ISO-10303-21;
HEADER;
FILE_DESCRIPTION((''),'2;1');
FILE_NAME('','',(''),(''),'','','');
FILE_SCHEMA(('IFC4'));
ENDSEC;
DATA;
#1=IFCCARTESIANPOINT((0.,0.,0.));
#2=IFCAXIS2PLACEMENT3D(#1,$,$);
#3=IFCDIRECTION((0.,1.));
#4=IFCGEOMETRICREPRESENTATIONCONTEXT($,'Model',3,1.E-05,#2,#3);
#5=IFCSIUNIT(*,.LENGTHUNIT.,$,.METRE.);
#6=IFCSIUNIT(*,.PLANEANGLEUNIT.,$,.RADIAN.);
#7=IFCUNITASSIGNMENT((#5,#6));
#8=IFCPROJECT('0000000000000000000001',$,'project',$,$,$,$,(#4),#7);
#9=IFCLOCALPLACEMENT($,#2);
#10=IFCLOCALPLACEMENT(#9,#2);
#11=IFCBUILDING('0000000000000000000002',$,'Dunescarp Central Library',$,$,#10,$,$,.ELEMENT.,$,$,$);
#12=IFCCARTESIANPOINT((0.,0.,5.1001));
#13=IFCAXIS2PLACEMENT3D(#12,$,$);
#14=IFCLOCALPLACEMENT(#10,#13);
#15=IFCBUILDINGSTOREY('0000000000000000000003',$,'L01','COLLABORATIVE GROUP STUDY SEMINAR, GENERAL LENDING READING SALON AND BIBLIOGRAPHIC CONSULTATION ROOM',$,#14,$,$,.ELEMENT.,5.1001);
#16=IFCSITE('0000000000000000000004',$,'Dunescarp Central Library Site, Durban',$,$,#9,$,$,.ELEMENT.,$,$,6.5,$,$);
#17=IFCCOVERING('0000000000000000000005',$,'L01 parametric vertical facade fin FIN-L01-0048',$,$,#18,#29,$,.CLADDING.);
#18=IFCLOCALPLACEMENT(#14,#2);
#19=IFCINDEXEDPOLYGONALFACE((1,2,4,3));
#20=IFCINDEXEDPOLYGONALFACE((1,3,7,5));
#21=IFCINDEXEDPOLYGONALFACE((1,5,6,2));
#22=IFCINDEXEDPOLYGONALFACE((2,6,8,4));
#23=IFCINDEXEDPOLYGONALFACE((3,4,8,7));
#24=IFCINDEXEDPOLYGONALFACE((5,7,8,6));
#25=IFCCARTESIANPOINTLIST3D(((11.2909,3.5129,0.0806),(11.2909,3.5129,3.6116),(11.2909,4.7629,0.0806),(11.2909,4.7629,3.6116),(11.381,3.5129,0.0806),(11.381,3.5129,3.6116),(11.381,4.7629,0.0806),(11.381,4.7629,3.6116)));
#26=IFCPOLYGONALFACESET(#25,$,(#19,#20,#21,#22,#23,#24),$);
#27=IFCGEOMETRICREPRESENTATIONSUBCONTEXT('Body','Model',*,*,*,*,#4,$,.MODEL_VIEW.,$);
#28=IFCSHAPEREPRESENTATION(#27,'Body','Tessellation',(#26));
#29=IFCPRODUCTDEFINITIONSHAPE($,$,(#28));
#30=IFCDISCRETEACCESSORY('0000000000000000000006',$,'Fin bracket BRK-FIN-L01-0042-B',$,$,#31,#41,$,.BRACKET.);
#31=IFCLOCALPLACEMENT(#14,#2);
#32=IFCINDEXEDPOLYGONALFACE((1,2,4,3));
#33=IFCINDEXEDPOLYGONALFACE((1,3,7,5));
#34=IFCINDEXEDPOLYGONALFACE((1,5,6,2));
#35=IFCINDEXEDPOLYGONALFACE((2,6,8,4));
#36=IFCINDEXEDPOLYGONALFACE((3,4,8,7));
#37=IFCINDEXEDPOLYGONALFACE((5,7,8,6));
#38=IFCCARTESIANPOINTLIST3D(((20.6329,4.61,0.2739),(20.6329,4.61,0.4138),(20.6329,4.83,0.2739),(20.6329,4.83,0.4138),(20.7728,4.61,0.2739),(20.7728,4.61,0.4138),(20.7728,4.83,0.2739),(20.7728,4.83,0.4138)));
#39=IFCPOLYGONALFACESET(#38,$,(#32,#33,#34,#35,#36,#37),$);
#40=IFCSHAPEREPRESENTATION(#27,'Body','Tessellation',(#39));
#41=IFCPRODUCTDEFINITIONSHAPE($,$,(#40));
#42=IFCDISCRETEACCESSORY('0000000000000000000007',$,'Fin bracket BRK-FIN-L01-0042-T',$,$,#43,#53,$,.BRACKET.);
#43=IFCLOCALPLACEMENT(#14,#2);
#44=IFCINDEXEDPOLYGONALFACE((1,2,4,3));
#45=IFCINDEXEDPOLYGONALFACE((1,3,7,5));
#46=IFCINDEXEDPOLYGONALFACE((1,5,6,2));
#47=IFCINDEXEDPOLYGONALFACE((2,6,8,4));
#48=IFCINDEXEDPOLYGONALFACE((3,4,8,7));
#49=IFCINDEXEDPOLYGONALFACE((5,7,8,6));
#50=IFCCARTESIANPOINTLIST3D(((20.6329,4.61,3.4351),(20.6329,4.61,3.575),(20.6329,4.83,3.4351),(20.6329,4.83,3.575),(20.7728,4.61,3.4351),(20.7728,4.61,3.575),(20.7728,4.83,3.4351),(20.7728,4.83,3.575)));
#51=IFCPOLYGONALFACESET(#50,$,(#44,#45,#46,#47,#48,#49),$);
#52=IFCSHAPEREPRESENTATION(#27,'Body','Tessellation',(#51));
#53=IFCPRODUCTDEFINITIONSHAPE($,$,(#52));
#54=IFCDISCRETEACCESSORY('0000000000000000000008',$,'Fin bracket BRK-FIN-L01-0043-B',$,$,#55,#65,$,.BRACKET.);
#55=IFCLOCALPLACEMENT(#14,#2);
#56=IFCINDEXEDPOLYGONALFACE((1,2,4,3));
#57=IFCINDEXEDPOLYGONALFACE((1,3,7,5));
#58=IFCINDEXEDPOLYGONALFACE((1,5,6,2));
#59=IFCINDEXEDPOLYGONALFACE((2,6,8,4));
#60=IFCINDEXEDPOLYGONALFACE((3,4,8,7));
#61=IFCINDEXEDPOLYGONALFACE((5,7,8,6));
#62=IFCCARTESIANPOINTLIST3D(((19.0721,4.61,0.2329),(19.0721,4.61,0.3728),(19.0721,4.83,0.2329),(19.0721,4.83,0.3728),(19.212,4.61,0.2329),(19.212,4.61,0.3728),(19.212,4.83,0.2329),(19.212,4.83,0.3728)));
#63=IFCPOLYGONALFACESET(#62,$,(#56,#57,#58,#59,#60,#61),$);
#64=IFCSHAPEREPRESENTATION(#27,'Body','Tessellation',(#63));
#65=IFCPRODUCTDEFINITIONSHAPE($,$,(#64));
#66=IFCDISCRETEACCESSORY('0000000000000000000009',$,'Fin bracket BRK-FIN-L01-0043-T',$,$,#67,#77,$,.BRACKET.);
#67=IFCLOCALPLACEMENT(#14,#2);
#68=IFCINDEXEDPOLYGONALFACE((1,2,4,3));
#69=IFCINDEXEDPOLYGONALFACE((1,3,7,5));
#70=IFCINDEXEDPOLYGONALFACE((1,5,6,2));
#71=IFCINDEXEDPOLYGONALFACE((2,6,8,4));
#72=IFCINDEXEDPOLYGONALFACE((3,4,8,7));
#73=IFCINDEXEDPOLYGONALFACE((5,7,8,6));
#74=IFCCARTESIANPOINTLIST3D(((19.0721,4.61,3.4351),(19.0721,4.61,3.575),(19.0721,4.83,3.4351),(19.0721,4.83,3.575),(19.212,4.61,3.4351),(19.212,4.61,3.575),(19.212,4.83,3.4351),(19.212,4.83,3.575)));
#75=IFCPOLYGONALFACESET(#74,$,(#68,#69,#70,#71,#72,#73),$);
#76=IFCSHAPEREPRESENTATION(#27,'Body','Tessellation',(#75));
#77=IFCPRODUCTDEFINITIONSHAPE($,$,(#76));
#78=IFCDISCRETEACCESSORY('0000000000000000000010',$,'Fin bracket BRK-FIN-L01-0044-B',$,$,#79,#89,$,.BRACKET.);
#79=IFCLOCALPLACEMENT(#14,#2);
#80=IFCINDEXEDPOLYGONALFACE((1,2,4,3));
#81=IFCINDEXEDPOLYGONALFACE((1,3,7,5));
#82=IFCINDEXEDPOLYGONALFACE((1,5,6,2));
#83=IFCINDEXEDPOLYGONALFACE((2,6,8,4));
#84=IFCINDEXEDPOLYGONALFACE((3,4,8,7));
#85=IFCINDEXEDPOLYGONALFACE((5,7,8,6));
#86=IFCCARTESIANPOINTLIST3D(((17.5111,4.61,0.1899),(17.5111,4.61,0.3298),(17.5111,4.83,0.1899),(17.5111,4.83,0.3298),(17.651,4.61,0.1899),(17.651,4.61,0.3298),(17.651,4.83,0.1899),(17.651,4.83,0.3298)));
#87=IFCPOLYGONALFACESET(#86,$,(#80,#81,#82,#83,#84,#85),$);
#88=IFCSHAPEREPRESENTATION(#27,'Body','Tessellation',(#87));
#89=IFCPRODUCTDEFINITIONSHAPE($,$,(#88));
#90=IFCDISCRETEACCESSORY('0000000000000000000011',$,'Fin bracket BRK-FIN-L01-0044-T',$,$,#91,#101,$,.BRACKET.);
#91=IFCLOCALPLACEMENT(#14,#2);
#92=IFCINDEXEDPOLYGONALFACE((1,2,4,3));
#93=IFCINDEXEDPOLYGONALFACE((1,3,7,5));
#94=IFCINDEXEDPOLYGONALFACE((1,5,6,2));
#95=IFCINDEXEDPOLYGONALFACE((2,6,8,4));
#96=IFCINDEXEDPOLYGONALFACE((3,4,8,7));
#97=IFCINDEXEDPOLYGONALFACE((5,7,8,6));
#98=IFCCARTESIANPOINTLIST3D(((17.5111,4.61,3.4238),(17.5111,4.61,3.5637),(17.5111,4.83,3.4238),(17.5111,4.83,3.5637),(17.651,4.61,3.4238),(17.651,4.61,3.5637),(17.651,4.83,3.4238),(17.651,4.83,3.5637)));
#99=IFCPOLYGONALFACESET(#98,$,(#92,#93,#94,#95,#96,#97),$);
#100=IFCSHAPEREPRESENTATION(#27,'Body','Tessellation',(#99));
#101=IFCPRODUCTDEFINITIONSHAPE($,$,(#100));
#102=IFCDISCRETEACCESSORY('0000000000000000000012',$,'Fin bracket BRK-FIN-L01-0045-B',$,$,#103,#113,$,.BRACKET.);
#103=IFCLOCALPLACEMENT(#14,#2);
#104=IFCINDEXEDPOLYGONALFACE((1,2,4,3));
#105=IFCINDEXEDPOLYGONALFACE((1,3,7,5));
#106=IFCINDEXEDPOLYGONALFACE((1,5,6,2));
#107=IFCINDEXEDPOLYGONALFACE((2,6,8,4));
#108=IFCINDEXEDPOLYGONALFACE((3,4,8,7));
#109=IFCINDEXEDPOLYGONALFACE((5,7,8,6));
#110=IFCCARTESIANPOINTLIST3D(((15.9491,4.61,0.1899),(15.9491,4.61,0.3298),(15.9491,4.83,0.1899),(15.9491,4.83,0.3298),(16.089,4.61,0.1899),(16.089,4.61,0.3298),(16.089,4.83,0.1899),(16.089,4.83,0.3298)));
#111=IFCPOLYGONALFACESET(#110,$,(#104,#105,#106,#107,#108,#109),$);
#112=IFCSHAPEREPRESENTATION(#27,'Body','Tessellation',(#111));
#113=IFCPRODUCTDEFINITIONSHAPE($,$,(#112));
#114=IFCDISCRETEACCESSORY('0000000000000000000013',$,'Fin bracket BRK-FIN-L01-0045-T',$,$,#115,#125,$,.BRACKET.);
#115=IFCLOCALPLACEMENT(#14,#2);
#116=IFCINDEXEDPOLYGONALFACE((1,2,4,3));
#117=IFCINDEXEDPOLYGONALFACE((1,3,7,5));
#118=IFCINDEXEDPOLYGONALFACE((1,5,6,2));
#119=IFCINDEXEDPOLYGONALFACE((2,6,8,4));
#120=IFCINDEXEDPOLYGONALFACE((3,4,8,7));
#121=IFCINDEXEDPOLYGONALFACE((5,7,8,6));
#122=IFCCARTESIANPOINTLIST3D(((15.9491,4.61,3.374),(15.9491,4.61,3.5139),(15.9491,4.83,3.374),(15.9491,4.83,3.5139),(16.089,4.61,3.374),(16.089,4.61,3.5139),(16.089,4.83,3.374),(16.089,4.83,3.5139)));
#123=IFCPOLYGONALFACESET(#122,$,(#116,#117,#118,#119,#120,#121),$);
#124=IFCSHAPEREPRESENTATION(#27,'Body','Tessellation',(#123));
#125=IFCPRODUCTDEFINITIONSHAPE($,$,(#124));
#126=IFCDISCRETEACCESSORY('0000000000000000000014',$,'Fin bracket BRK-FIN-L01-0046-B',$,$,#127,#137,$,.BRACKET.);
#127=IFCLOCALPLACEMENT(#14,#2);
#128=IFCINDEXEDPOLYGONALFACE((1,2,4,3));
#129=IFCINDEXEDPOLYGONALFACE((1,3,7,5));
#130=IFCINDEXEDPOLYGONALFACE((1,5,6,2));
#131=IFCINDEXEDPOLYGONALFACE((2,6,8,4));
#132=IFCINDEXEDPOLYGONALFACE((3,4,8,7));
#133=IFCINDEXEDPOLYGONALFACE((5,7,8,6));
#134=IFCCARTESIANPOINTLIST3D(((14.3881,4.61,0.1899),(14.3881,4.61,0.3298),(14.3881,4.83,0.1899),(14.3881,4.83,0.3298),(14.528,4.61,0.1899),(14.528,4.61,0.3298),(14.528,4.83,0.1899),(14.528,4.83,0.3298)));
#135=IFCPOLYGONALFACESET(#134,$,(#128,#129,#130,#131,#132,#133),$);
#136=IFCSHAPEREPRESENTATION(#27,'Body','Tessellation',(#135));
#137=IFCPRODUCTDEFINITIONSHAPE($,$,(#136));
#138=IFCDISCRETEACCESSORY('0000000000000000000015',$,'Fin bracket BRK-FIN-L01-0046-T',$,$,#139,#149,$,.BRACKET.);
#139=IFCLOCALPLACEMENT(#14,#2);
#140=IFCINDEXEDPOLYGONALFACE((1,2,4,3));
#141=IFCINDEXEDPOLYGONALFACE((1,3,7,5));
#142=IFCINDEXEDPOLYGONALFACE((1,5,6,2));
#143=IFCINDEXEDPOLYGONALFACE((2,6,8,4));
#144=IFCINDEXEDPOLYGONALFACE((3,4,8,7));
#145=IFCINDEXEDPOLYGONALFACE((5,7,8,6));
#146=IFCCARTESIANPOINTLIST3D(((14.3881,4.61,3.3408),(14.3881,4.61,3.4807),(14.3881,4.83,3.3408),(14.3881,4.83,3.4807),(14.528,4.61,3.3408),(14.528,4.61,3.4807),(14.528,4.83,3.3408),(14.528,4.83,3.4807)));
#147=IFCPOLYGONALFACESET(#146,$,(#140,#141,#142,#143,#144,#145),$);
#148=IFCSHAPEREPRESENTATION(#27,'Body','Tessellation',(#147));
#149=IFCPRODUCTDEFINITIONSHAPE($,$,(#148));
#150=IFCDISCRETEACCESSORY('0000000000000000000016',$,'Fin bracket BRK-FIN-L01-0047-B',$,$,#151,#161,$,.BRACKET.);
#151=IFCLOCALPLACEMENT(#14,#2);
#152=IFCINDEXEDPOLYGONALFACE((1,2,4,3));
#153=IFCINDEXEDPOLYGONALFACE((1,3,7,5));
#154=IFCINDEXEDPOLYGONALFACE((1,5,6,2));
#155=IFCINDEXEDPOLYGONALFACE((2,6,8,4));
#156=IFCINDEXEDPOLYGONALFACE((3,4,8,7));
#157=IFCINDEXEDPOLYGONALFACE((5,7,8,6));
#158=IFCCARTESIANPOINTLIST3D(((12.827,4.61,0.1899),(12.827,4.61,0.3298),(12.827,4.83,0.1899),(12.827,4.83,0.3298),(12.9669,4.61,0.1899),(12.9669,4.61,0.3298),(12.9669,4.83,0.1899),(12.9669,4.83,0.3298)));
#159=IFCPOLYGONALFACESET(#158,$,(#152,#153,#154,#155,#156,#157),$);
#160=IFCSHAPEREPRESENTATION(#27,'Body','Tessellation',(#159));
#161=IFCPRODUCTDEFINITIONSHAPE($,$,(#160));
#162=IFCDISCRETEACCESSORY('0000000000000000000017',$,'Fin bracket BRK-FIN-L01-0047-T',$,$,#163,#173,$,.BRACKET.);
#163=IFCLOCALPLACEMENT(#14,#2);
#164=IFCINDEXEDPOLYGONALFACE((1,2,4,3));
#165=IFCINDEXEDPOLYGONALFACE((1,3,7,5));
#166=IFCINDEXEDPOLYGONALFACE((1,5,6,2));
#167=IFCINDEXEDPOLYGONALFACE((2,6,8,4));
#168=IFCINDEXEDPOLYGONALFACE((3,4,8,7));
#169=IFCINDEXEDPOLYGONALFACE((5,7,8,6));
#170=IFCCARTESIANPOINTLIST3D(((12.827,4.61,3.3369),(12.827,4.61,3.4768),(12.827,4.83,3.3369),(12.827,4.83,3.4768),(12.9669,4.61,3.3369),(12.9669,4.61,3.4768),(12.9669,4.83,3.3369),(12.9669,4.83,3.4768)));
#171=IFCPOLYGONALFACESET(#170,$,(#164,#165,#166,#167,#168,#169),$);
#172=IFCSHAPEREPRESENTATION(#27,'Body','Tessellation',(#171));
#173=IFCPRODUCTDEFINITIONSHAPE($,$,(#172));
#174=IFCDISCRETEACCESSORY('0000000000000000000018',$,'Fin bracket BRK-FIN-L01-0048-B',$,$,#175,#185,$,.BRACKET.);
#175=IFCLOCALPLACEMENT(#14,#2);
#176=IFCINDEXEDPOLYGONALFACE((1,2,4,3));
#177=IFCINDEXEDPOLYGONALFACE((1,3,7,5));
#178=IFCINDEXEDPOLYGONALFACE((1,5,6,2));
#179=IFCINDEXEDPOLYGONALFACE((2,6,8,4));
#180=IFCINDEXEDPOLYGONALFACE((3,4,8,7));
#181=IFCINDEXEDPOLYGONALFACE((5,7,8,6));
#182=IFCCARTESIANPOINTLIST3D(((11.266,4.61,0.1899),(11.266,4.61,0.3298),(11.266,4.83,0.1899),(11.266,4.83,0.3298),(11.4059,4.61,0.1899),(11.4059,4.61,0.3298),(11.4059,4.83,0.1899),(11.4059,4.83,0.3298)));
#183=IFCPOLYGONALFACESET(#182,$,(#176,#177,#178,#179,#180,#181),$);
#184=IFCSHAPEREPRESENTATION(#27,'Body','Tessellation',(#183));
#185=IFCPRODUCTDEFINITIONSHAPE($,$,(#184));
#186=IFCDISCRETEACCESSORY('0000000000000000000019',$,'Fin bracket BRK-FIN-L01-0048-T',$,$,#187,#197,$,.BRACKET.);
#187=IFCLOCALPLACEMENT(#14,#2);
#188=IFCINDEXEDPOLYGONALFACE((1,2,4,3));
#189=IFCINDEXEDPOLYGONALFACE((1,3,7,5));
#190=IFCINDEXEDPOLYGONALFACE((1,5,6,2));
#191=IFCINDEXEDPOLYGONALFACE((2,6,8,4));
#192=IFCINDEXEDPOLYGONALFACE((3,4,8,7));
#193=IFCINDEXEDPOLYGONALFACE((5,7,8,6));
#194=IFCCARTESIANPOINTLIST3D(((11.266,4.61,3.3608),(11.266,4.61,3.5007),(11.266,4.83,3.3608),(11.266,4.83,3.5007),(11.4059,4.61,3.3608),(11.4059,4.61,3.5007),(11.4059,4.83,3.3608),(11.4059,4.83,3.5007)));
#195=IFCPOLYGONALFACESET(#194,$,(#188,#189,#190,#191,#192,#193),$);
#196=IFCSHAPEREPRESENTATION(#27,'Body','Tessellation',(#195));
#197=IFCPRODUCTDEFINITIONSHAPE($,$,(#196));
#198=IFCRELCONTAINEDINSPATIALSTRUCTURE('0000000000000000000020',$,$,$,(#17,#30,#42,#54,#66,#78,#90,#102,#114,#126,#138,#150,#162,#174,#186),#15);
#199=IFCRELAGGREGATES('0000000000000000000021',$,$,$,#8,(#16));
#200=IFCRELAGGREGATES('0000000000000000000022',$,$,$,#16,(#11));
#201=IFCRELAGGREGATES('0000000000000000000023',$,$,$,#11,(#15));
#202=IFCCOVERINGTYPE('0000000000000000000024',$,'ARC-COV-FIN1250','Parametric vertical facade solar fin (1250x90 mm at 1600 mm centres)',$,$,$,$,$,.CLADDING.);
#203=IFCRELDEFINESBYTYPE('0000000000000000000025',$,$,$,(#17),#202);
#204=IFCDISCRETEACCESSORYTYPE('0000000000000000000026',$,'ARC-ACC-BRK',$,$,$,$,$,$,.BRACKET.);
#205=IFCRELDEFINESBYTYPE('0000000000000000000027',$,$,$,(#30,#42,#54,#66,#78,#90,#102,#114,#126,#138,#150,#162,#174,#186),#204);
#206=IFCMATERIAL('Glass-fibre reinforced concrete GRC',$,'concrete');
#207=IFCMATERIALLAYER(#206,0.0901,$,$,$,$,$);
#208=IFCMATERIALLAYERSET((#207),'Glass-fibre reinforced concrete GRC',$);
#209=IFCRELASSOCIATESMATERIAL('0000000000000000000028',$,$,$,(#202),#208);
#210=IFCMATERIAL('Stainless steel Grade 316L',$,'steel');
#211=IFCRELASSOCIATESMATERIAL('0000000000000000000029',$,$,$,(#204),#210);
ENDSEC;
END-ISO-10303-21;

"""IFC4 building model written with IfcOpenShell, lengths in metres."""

from ifc_helpers import new_model, si_unit, direction, frame, origin, origin_2d, place, context, subcontext, project, spatial, rectangle, extrude, material, layer, layer_set, type_object, element, save


model = new_model("IFC4")

# Units and contexts
model_context = context("Model", 3, precision=1e-05, world=origin(), true_north=direction((0.0, 1.0)))
body_context = subcontext(model_context, "Body", "Model", "MODEL_VIEW")
ifc_project = project(units=[si_unit("LENGTHUNIT", "METRE"), si_unit("PLANEANGLEUNIT", "RADIAN")], contexts=[model_context])

# Site, building, storey
site_placement = place(None, origin())
site = spatial("IfcSite", under=ifc_project, at=site_placement, Name="Dunescarp Central Library Site, Durban", CompositionType="ELEMENT", RefElevation=6.5)
building_placement = place(site_placement, origin())
building = spatial("IfcBuilding", under=site, at=building_placement, Name="Dunescarp Central Library", CompositionType="ELEMENT")
storey_placement = place(building_placement, frame((0.0, 0.0, 5.1001)))
storey = spatial("IfcBuildingStorey", under=building, at=storey_placement, Name="L01", Description="COLLABORATIVE GROUP STUDY SEMINAR, GENERAL LENDING READING SALON AND BIBLIOGRAPHIC CONSULTATION ROOM", CompositionType="ELEMENT", Elevation=5.1001)

# Covering
ifc_material_1 = material(Name="Glass-fibre reinforced concrete GRC", Category="concrete")
ifc_layer = layer(ifc_material_1, 0.0901)
ifc_layer_set = layer_set([ifc_layer], Name="Glass-fibre reinforced concrete GRC")
covering_type = type_object("IfcCoveringType", Name="ARC-COV-FIN1250", Description="Parametric vertical facade solar fin (1250x90 mm at 1600 mm centres)", PredefinedType="CLADDING", material=ifc_layer_set)
covering_1_placement = place(storey_placement, frame((11.3359, 4.1379, 0.0806), z_axis=(0.0, 0.0, 1.0), x_axis=(0.0, -1.0, 0.0)))
element("IfcCovering", 1, at=covering_1_placement, inside=storey, type_object=covering_type, Name="L01 parametric vertical facade fin FIN-L01-0048", PredefinedType="CLADDING", context=body_context, shape_type="SweptSolid", body=[
    extrude(rectangle(XDim=1.25, YDim=0.0901, at=origin_2d()), origin(), (0.0, 0.0, 1.0), 3.531),
])

# Discrete accessories
ifc_material_2 = material(Name="Stainless steel Grade 316L", Category="steel")
discrete_accessory_type = type_object("IfcDiscreteAccessoryType", Name="ARC-ACC-BRK", PredefinedType="BRACKET", material=ifc_material_2)
for number, where, z_axis, x_axis, name in (
    (2, (20.7029, 4.72, 0.2739), (0.0, 0.0, 1.0), (0.0, -1.0, 0.0), "Fin bracket BRK-FIN-L01-0042-B"),
    (3, (20.7029, 4.72, 3.4351), (0.0, 0.0, 1.0), (0.0, -1.0, 0.0), "Fin bracket BRK-FIN-L01-0042-T"),
    (4, (19.1421, 4.72, 0.2329), (0.0, 0.0, 1.0), (0.0, -1.0, 0.0), "Fin bracket BRK-FIN-L01-0043-B"),
    (5, (19.1421, 4.72, 3.4351), (0.0, 0.0, 1.0), (0.0, -1.0, 0.0), "Fin bracket BRK-FIN-L01-0043-T"),
    (6, (17.5811, 4.72, 0.1899), (0.0, 0.0, 1.0), (0.0, -1.0, 0.0), "Fin bracket BRK-FIN-L01-0044-B"),
    (7, (17.5811, 4.72, 3.4238), (0.0, 0.0, 1.0), (0.0, -1.0, 0.0), "Fin bracket BRK-FIN-L01-0044-T"),
    (8, (16.019, 4.72, 0.1899), (0.0, 0.0, 1.0), (0.0, -1.0, 0.0), "Fin bracket BRK-FIN-L01-0045-B"),
    (9, (16.019, 4.72, 3.374), (0.0, 0.0, 1.0), (0.0, -1.0, 0.0), "Fin bracket BRK-FIN-L01-0045-T"),
    (10, (14.458, 4.72, 0.1899), (0.0, 0.0, 1.0), (0.0, -1.0, 0.0), "Fin bracket BRK-FIN-L01-0046-B"),
    (11, (14.458, 4.72, 3.3408), (0.0, 0.0, 1.0), (0.0, -1.0, 0.0), "Fin bracket BRK-FIN-L01-0046-T"),
    (12, (12.897, 4.72, 0.1899), (0.0, 0.0, 1.0), (0.0, -1.0, 0.0), "Fin bracket BRK-FIN-L01-0047-B"),
    (13, (12.897, 4.72, 3.3369), (0.0, 0.0, 1.0), (0.0, -1.0, 0.0), "Fin bracket BRK-FIN-L01-0047-T"),
    (14, (11.3359, 4.72, 0.1899), (0.0, 0.0, 1.0), (0.0, -1.0, 0.0), "Fin bracket BRK-FIN-L01-0048-B"),
    (15, (11.3359, 4.72, 3.3608), (0.0, 0.0, 1.0), (0.0, -1.0, 0.0), "Fin bracket BRK-FIN-L01-0048-T"),
):
    element("IfcDiscreteAccessory", number, at=place(storey_placement, frame(where, z_axis=z_axis, x_axis=x_axis)), inside=storey, type_object=discrete_accessory_type, Name=name, PredefinedType="BRACKET", context=body_context, shape_type="SweptSolid", body=[
        extrude(rectangle(XDim=0.22, YDim=0.1399, at=origin_2d()), origin(), (0.0, 0.0, 1.0), 0.1399),
    ])

save(model, "model.ifc")
